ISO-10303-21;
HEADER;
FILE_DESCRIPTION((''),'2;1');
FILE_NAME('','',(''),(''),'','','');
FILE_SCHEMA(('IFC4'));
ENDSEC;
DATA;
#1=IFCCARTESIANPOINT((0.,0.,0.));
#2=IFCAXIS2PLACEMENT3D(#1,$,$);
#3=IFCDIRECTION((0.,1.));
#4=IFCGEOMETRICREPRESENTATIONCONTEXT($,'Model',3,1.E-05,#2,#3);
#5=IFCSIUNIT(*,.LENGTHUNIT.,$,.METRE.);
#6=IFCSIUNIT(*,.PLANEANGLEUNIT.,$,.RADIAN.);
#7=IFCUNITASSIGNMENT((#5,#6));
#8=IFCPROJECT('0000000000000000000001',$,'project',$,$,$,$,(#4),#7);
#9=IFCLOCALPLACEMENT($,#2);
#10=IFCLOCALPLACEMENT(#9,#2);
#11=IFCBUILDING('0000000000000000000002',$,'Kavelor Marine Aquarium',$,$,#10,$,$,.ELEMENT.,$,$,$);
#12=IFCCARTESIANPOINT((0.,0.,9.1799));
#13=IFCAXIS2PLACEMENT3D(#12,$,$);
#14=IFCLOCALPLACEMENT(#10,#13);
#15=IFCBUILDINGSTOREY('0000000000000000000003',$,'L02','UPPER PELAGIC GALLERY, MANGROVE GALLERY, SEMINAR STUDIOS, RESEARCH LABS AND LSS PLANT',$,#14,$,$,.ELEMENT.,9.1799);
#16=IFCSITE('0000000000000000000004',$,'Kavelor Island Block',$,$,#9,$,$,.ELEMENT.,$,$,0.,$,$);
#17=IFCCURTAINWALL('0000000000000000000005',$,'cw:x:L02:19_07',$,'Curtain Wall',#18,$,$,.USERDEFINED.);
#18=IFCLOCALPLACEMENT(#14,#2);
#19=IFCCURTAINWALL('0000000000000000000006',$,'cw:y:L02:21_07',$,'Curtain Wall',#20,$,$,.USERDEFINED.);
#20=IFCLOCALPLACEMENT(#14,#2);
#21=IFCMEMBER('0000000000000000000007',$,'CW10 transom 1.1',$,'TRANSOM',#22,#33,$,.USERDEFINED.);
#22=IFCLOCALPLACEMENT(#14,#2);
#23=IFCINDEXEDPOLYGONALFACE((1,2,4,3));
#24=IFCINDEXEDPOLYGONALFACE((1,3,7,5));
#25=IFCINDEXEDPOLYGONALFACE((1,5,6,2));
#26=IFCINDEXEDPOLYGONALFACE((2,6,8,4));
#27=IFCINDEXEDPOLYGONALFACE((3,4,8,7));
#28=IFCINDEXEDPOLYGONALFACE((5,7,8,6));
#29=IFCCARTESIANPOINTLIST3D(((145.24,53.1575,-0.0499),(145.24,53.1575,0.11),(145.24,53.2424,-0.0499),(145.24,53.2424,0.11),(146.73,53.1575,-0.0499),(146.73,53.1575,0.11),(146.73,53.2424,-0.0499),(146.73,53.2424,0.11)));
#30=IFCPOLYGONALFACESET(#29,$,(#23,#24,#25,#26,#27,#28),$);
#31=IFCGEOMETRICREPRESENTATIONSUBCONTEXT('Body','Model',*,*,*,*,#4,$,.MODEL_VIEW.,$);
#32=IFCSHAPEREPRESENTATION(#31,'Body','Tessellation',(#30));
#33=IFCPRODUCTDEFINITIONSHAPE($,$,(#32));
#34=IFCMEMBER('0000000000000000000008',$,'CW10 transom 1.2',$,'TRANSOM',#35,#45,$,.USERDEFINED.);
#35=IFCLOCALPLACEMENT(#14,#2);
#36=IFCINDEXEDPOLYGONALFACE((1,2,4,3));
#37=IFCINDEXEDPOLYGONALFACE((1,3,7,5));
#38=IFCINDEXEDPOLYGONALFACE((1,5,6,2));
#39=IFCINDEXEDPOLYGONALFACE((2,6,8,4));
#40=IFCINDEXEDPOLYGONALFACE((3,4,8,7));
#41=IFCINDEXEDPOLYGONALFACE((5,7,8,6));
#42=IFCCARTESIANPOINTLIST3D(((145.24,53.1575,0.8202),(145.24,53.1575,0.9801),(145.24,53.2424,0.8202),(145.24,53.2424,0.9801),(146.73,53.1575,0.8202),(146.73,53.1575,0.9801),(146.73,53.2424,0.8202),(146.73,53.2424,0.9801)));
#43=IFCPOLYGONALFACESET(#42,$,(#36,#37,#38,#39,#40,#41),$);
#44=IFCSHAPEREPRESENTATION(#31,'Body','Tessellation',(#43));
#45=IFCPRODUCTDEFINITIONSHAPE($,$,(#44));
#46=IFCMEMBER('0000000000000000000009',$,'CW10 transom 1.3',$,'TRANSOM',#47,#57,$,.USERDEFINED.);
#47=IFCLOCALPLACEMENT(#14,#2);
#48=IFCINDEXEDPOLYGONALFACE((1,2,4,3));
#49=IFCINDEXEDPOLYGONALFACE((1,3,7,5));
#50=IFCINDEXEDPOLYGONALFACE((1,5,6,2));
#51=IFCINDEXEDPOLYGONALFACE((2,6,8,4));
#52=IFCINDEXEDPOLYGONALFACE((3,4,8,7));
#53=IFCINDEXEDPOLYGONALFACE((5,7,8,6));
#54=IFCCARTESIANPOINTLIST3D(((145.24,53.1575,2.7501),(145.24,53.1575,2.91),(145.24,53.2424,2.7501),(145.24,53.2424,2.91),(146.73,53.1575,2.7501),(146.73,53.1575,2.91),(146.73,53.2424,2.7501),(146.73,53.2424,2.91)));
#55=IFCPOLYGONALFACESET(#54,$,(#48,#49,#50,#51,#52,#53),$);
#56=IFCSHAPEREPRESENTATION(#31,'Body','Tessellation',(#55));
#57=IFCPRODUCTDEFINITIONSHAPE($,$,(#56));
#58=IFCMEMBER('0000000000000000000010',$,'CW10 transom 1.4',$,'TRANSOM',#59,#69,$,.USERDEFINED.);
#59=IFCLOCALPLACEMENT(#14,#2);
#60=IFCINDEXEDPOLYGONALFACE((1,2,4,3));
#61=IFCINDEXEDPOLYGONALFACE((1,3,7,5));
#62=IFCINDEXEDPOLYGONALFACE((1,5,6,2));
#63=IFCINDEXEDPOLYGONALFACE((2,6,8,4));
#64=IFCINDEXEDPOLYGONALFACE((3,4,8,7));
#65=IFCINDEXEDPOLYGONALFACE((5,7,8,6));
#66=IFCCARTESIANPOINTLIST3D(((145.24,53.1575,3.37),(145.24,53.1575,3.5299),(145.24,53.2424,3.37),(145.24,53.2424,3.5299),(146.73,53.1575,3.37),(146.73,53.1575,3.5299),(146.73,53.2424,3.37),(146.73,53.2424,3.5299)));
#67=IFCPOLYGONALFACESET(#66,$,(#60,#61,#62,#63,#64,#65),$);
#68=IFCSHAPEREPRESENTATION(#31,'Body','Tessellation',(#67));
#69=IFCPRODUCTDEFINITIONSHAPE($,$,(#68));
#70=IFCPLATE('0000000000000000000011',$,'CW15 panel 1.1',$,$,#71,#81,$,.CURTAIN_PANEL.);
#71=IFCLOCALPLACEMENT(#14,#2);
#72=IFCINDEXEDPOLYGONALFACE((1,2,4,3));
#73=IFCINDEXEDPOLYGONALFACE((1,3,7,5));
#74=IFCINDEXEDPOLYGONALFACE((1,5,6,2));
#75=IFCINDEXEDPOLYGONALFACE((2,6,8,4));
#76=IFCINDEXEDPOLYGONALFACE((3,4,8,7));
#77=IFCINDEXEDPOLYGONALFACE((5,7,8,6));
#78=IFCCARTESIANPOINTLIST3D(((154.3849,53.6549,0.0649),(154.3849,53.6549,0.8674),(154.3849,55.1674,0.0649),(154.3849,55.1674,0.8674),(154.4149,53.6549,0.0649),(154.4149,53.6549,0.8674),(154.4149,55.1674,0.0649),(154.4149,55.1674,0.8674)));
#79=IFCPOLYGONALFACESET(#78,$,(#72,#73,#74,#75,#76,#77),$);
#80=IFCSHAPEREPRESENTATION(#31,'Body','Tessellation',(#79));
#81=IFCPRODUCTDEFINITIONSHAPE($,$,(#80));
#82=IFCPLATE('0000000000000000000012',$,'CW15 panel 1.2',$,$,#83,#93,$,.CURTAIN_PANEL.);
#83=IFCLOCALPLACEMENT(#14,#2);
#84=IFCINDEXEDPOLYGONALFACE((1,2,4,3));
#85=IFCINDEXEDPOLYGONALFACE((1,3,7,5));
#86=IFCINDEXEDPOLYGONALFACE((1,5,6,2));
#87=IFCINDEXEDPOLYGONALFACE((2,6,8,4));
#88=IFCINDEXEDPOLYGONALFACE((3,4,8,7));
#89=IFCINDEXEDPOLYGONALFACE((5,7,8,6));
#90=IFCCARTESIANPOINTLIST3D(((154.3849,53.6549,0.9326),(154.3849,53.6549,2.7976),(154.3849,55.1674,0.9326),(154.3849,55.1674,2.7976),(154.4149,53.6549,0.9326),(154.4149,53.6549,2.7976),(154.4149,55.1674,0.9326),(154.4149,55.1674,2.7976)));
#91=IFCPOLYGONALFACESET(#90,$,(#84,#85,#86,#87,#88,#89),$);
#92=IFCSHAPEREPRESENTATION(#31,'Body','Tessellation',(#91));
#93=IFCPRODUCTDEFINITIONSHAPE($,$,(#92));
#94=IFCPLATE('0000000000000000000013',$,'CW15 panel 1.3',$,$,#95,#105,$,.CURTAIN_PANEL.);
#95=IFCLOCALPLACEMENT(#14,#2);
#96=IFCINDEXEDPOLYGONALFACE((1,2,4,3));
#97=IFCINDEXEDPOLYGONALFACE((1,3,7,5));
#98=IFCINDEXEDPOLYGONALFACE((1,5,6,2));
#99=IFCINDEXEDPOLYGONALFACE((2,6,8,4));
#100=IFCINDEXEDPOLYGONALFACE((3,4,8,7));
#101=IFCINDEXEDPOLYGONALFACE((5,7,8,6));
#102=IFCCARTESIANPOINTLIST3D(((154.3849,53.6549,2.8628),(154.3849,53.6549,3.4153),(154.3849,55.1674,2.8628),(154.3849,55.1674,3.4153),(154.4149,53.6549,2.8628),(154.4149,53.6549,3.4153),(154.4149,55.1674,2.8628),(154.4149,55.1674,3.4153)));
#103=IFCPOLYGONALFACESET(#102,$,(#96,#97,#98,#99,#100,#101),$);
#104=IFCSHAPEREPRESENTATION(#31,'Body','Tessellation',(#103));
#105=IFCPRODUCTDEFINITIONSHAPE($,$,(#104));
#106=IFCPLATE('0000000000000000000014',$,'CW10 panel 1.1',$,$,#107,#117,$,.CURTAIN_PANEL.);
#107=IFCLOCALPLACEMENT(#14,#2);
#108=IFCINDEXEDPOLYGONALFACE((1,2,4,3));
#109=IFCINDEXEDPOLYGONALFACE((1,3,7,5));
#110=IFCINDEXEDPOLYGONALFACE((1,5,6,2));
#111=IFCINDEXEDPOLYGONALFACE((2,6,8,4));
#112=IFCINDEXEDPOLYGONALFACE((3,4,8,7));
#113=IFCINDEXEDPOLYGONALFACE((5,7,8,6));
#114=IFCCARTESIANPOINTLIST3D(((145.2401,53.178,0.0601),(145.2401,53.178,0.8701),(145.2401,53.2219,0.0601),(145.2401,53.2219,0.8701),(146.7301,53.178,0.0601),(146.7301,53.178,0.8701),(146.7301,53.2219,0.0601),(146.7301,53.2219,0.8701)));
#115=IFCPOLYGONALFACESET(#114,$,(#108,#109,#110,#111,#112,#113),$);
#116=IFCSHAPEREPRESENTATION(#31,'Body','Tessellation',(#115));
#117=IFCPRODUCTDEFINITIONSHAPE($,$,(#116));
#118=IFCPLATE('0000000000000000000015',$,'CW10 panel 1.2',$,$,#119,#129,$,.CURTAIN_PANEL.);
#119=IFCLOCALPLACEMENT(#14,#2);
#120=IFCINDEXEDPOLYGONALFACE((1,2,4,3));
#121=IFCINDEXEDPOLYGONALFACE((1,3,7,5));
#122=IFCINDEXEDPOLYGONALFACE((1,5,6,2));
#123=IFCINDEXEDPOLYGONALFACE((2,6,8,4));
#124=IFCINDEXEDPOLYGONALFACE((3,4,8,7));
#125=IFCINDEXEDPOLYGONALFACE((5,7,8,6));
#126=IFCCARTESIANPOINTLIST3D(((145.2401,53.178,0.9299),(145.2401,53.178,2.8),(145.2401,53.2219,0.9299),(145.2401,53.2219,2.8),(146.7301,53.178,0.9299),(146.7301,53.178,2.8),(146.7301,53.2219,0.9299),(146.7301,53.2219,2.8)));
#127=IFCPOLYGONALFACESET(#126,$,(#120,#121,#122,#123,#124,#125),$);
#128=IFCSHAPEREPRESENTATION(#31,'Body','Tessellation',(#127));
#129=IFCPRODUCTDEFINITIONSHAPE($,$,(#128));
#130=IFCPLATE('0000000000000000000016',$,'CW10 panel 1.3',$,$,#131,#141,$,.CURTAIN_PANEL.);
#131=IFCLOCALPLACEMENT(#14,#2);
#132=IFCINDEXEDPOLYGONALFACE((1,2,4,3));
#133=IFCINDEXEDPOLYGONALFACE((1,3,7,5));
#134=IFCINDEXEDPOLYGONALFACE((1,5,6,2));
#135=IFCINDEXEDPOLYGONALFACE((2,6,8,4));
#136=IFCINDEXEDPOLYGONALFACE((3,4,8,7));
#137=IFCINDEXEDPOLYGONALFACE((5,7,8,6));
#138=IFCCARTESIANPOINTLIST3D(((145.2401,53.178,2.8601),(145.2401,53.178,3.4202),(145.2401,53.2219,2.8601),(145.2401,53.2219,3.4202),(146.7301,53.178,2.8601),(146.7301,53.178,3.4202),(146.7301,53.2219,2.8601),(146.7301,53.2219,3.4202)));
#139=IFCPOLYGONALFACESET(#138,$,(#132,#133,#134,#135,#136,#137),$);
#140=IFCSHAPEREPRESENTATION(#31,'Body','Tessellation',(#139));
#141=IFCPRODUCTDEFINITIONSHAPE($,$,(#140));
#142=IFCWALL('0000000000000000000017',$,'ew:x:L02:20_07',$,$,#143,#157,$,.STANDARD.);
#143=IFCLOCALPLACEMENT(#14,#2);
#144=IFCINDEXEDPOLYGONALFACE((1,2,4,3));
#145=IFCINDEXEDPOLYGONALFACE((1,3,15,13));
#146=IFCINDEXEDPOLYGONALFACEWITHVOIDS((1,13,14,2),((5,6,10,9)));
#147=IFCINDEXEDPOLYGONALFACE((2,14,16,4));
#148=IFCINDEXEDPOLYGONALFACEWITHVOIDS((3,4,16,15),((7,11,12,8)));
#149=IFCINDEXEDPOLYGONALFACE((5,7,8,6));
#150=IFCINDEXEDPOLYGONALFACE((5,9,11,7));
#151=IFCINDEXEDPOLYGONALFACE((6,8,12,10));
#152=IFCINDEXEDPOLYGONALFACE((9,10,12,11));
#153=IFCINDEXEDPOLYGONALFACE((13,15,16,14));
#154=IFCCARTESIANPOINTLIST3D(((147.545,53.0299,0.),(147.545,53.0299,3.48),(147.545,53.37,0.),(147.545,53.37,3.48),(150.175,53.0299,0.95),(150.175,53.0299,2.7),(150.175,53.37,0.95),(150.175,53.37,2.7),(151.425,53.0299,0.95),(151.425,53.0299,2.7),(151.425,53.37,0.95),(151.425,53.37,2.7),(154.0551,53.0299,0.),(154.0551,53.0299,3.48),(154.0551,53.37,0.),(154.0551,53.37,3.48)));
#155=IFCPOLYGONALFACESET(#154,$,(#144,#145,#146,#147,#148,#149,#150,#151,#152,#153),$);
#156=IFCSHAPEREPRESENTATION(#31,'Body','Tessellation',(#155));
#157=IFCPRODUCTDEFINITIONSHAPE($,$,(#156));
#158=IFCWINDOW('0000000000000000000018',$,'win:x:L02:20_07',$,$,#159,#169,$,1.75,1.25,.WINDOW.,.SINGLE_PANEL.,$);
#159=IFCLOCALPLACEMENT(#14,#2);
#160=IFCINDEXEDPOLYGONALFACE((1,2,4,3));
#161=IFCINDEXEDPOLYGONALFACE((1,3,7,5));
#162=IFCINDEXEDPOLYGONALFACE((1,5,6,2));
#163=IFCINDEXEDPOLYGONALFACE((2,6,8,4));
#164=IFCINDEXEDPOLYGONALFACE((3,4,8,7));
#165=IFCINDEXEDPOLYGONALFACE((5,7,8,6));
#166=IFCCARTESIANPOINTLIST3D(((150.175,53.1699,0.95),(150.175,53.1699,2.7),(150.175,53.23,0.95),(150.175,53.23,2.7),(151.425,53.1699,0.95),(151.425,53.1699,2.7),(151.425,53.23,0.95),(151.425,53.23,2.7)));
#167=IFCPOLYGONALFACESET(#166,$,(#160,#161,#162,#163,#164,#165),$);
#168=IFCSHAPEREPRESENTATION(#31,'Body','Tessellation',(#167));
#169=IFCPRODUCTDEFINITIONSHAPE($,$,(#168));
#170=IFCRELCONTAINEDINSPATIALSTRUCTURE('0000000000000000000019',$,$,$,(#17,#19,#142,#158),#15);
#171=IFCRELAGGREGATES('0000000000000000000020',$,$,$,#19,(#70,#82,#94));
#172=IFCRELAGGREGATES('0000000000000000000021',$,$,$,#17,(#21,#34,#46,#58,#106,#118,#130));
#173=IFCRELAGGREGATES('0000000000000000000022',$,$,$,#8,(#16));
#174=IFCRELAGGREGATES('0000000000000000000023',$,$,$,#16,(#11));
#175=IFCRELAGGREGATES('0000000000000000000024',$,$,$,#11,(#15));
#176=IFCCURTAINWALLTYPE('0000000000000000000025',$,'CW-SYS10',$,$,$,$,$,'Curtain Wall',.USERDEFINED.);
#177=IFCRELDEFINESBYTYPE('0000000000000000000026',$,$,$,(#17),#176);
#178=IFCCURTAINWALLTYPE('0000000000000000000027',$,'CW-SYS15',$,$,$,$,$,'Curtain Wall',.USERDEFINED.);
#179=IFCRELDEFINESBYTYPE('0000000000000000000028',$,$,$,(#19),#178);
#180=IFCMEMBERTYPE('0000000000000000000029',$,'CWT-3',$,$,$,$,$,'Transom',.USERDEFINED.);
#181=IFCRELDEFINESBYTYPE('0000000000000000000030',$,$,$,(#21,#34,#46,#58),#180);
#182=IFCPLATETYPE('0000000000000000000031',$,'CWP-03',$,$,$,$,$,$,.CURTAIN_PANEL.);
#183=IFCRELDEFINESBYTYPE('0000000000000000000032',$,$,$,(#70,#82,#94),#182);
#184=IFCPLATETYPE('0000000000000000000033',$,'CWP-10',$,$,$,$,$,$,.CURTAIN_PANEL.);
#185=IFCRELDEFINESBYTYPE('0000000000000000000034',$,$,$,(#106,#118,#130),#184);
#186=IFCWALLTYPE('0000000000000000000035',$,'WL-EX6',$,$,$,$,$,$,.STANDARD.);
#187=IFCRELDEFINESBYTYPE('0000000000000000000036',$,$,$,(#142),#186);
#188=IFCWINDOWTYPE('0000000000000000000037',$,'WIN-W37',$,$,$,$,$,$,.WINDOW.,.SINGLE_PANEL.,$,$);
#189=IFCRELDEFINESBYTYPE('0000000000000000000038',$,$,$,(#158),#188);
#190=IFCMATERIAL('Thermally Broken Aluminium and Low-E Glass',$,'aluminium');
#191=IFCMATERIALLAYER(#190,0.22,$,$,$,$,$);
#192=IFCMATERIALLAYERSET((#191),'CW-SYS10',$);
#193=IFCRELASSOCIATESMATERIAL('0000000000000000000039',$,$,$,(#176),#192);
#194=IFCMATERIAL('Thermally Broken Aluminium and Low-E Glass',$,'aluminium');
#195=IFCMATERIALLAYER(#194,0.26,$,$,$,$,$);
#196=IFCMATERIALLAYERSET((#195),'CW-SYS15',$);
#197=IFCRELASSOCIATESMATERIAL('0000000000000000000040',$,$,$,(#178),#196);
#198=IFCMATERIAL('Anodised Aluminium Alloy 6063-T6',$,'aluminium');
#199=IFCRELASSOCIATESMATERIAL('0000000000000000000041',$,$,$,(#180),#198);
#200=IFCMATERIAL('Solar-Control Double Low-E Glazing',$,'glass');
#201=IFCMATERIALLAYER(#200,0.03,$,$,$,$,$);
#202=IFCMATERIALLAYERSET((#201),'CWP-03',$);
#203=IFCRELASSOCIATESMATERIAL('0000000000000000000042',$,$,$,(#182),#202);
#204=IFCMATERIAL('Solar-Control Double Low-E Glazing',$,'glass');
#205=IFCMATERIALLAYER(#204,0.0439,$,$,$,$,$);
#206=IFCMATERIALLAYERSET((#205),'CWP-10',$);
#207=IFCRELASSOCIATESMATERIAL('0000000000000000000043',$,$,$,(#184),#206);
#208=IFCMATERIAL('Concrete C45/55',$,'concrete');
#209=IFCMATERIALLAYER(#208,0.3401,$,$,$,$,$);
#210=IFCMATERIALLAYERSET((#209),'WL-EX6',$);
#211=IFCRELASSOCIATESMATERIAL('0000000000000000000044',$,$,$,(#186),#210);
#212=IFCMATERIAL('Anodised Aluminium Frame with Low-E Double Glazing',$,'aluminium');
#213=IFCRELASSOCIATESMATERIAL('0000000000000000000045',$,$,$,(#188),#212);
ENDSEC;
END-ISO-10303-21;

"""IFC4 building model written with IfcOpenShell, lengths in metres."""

from ifc_helpers import new_model, si_unit, direction, frame, frame_2d, origin, origin_2d, place, context, subcontext, project, spatial, rectangle, extrude, material, layer, layer_set, material_profile, profile_set, type_object, element, fill, aggregate, save


model = new_model("IFC4")

# Units and contexts
model_context = context("Model", 3, precision=1e-05, world=origin(), true_north=direction((0.0, 1.0)))
body_context = subcontext(model_context, "Body", "Model", "MODEL_VIEW")
ifc_project = project(units=[si_unit("LENGTHUNIT", "METRE"), si_unit("PLANEANGLEUNIT", "RADIAN")], contexts=[model_context])

# Site, building, storey
site_placement = place(None, origin())
site = spatial("IfcSite", under=ifc_project, at=site_placement, Name="Kavelor Island Block", CompositionType="ELEMENT", RefElevation=0.0)
building_placement = place(site_placement, origin())
building = spatial("IfcBuilding", under=site, at=building_placement, Name="Kavelor Marine Aquarium", CompositionType="ELEMENT")
storey_placement = place(building_placement, frame((0.0, 0.0, 9.1799)))
storey = spatial("IfcBuildingStorey", under=building, at=storey_placement, Name="L02", Description="UPPER PELAGIC GALLERY, MANGROVE GALLERY, SEMINAR STUDIOS, RESEARCH LABS AND LSS PLANT", CompositionType="ELEMENT", Elevation=9.1799)

# Curtain walls
ifc_material_1 = material(Name="Thermally Broken Aluminium and Low-E Glass", Category="aluminium")
ifc_layer_1 = layer(ifc_material_1, 0.22)
ifc_layer_set_1 = layer_set([ifc_layer_1], Name="CW-SYS10")
curtain_wall_type_1 = type_object("IfcCurtainWallType", Name="CW-SYS10", ElementType="Curtain Wall", PredefinedType="USERDEFINED", material=ifc_layer_set_1)
curtain_wall_1_placement = place(storey_placement, origin())
curtain_wall_1 = element("IfcCurtainWall", 1, at=curtain_wall_1_placement, inside=storey, type_object=curtain_wall_type_1, Name="cw:x:L02:19_07", ObjectType="Curtain Wall", PredefinedType="USERDEFINED")
ifc_material_2 = material(Name="Thermally Broken Aluminium and Low-E Glass", Category="aluminium")
ifc_layer_2 = layer(ifc_material_2, 0.26)
ifc_layer_set_2 = layer_set([ifc_layer_2], Name="CW-SYS15")
curtain_wall_type_2 = type_object("IfcCurtainWallType", Name="CW-SYS15", ElementType="Curtain Wall", PredefinedType="USERDEFINED", material=ifc_layer_set_2)
curtain_wall_2_placement = place(storey_placement, origin())
curtain_wall_2 = element("IfcCurtainWall", 2, at=curtain_wall_2_placement, inside=storey, type_object=curtain_wall_type_2, Name="cw:y:L02:21_07", ObjectType="Curtain Wall", PredefinedType="USERDEFINED")

# Members
ifc_material_3 = material(Name="Anodised Aluminium Alloy 6063-T6", Category="aluminium")
ifc_material_profile_1 = material_profile(ifc_material_3, rectangle(XDim=0.085, YDim=0.1599, at=origin_2d()), Name="CW-TRN 85x160")
ifc_profile_set_1 = profile_set([ifc_material_profile_1], Name="Anodised Aluminium Alloy 6063-T6")
member_type_1 = type_object("IfcMemberType", Name="CWT-3", ElementType="Transom", PredefinedType="USERDEFINED", material=ifc_profile_set_1)
member_1_placement = place(storey_placement, frame((146.73, 53.2, 0.03), z_axis=(-1.0, 0.0, 0.0), x_axis=(0.0, -1.0, 0.0)))
member_1 = element("IfcMember", 3, at=member_1_placement, type_object=member_type_1, Name="CW10 transom 1.1", ObjectType="TRANSOM", PredefinedType="USERDEFINED", context=body_context, shape_type="SweptSolid", body=[
    extrude(rectangle(XDim=0.085, YDim=0.1599, at=origin_2d()), origin(), (0.0, 0.0, 1.0), 1.49),
])
member_2_placement = place(storey_placement, frame((146.73, 53.2, 0.9001), z_axis=(-1.0, 0.0, 0.0), x_axis=(0.0, -1.0, 0.0)))
member_2 = element("IfcMember", 4, at=member_2_placement, type_object=member_type_1, Name="CW10 transom 1.2", ObjectType="TRANSOM", PredefinedType="USERDEFINED", context=body_context, shape_type="SweptSolid", body=[
    extrude(rectangle(XDim=0.085, YDim=0.1599, at=origin_2d()), origin(), (0.0, 0.0, 1.0), 1.49),
])
member_3_placement = place(storey_placement, frame((146.73, 53.2, 2.8301), z_axis=(-1.0, 0.0, 0.0), x_axis=(0.0, -1.0, 0.0)))
member_3 = element("IfcMember", 5, at=member_3_placement, type_object=member_type_1, Name="CW10 transom 1.3", ObjectType="TRANSOM", PredefinedType="USERDEFINED", context=body_context, shape_type="SweptSolid", body=[
    extrude(rectangle(XDim=0.085, YDim=0.1599, at=origin_2d()), origin(), (0.0, 0.0, 1.0), 1.49),
])
member_4_placement = place(storey_placement, frame((146.73, 53.2, 3.45), z_axis=(-1.0, 0.0, 0.0), x_axis=(0.0, -1.0, 0.0)))
member_4 = element("IfcMember", 6, at=member_4_placement, type_object=member_type_1, Name="CW10 transom 1.4", ObjectType="TRANSOM", PredefinedType="USERDEFINED", context=body_context, shape_type="SweptSolid", body=[
    extrude(rectangle(XDim=0.085, YDim=0.1599, at=origin_2d()), origin(), (0.0, 0.0, 1.0), 1.49),
])

# Plates
ifc_material_4 = material(Name="Solar-Control Double Low-E Glazing", Category="glass")
ifc_layer_3 = layer(ifc_material_4, 0.03)
ifc_layer_set_3 = layer_set([ifc_layer_3], Name="CWP-03")
plate_type_1 = type_object("IfcPlateType", Name="CWP-03", PredefinedType="CURTAIN_PANEL", material=ifc_layer_set_3)
plate_1_placement = place(storey_placement, frame((154.3999, 54.4111, 0.0649), z_axis=(0.0, 0.0, 1.0), x_axis=(0.0, 1.0, 0.0)))
plate_1 = element("IfcPlate", 7, at=plate_1_placement, type_object=plate_type_1, Name="CW15 panel 1.1", PredefinedType="CURTAIN_PANEL", context=body_context, shape_type="SweptSolid", body=[
    extrude(rectangle(XDim=1.5125, YDim=0.03, at=origin_2d()), origin(), (0.0, 0.0, 1.0), 0.8025),
])
plate_2_placement = place(storey_placement, frame((154.3999, 54.4111, 0.9326), z_axis=(0.0, 0.0, 1.0), x_axis=(0.0, 1.0, 0.0)))
plate_2 = element("IfcPlate", 8, at=plate_2_placement, type_object=plate_type_1, Name="CW15 panel 1.2", PredefinedType="CURTAIN_PANEL", context=body_context, shape_type="SweptSolid", body=[
    extrude(rectangle(XDim=1.5125, YDim=0.03, at=origin_2d()), origin(), (0.0, 0.0, 1.0), 1.865),
])
plate_3_placement = place(storey_placement, frame((154.3999, 54.4111, 2.8628), z_axis=(0.0, 0.0, 1.0), x_axis=(0.0, 1.0, 0.0)))
plate_3 = element("IfcPlate", 9, at=plate_3_placement, type_object=plate_type_1, Name="CW15 panel 1.3", PredefinedType="CURTAIN_PANEL", context=body_context, shape_type="SweptSolid", body=[
    extrude(rectangle(XDim=1.5125, YDim=0.03, at=origin_2d()), origin(), (0.0, 0.0, 1.0), 0.5525),
])
aggregate(curtain_wall_2, [plate_1, plate_2, plate_3])
ifc_material_5 = material(Name="Solar-Control Double Low-E Glazing", Category="glass")
ifc_layer_4 = layer(ifc_material_5, 0.0439)
ifc_layer_set_4 = layer_set([ifc_layer_4], Name="CWP-10")
plate_type_2 = type_object("IfcPlateType", Name="CWP-10", PredefinedType="CURTAIN_PANEL", material=ifc_layer_set_4)
plate_4_placement = place(storey_placement, frame((145.9851, 53.2, 0.0601), z_axis=(0.0, 0.0, 1.0), x_axis=(-1.0, 0.0, 0.0)))
plate_4 = element("IfcPlate", 10, at=plate_4_placement, type_object=plate_type_2, Name="CW10 panel 1.1", PredefinedType="CURTAIN_PANEL", context=body_context, shape_type="SweptSolid", body=[
    extrude(rectangle(XDim=1.49, YDim=0.0439, at=origin_2d()), origin(), (0.0, 0.0, 1.0), 0.8101),
])
plate_5_placement = place(storey_placement, frame((145.9851, 53.2, 0.9299), z_axis=(0.0, 0.0, 1.0), x_axis=(-1.0, 0.0, 0.0)))
plate_5 = element("IfcPlate", 11, at=plate_5_placement, type_object=plate_type_2, Name="CW10 panel 1.2", PredefinedType="CURTAIN_PANEL", context=body_context, shape_type="SweptSolid", body=[
    extrude(rectangle(XDim=1.49, YDim=0.0439, at=origin_2d()), origin(), (0.0, 0.0, 1.0), 1.8701),
])
plate_6_placement = place(storey_placement, frame((145.9851, 53.2, 2.8601), z_axis=(0.0, 0.0, 1.0), x_axis=(-1.0, 0.0, 0.0)))
plate_6 = element("IfcPlate", 12, at=plate_6_placement, type_object=plate_type_2, Name="CW10 panel 1.3", PredefinedType="CURTAIN_PANEL", context=body_context, shape_type="SweptSolid", body=[
    extrude(rectangle(XDim=1.49, YDim=0.0439, at=origin_2d()), origin(), (0.0, 0.0, 1.0), 0.5601),
])
aggregate(curtain_wall_1, [member_1, member_2, member_3, member_4, plate_4, plate_5, plate_6])

# Wall, opening, window
ifc_material_6 = material(Name="Concrete C45/55", Category="concrete")
ifc_layer_5 = layer(ifc_material_6, 0.3401)
ifc_layer_set_5 = layer_set([ifc_layer_5], Name="WL-EX6")
wall_type = type_object("IfcWallType", Name="WL-EX6", PredefinedType="STANDARD", material=ifc_layer_set_5)
wall_placement = place(storey_placement, frame((154.0549, 53.2, 0.0), z_axis=(0.0, 0.0, 1.0), x_axis=(-1.0, 0.0, 0.0)))
wall = element("IfcWall", 13, at=wall_placement, inside=storey, type_object=wall_type, Name="ew:x:L02:20_07", PredefinedType="STANDARD", context=body_context, shape_type="SweptSolid", body=[
    extrude(rectangle(XDim=6.51, YDim=0.3401, at=frame_2d((3.2549, 0.0))), origin(), (0.0, 0.0, 1.0), 3.48),
])
opening_placement = place(wall_placement, frame((2.6299, 0.0, 0.95)))
opening = element("IfcOpeningElement", 14, at=opening_placement, cuts=wall, PredefinedType="OPENING", context=body_context, shape_type="SweptSolid", body=[
    extrude(rectangle(XDim=1.25, YDim=1.75, at=frame_2d((0.625, 0.875))), frame((0.0, 0.1799, 0.0), z_axis=(0.0, -1.0, 0.0), x_axis=(1.0, 0.0, 0.0)), (0.0, 0.0, 1.0), 0.3601),
])
ifc_material_7 = material(Name="Anodised Aluminium Frame with Low-E Double Glazing", Category="aluminium")
window_type = type_object("IfcWindowType", Name="WIN-W37", PartitioningType="SINGLE_PANEL", PredefinedType="WINDOW", material=ifc_material_7)
window_placement = place(opening_placement, origin())
window = element("IfcWindow", 15, at=window_placement, inside=storey, type_object=window_type, Name="win:x:L02:20_07", OverallHeight=1.75, OverallWidth=1.25, PartitioningType="SINGLE_PANEL", PredefinedType="WINDOW", context=body_context, shape_type="SweptSolid", body=[
    extrude(rectangle(XDim=1.25, YDim=1.75, at=frame_2d((0.625, 0.875))), frame((0.0, 0.03, 0.0), z_axis=(0.0, -1.0, 0.0), x_axis=(1.0, 0.0, 0.0)), (0.0, 0.0, 1.0), 0.0601),
])
fill(opening, window)

save(model, "model.ifc")
